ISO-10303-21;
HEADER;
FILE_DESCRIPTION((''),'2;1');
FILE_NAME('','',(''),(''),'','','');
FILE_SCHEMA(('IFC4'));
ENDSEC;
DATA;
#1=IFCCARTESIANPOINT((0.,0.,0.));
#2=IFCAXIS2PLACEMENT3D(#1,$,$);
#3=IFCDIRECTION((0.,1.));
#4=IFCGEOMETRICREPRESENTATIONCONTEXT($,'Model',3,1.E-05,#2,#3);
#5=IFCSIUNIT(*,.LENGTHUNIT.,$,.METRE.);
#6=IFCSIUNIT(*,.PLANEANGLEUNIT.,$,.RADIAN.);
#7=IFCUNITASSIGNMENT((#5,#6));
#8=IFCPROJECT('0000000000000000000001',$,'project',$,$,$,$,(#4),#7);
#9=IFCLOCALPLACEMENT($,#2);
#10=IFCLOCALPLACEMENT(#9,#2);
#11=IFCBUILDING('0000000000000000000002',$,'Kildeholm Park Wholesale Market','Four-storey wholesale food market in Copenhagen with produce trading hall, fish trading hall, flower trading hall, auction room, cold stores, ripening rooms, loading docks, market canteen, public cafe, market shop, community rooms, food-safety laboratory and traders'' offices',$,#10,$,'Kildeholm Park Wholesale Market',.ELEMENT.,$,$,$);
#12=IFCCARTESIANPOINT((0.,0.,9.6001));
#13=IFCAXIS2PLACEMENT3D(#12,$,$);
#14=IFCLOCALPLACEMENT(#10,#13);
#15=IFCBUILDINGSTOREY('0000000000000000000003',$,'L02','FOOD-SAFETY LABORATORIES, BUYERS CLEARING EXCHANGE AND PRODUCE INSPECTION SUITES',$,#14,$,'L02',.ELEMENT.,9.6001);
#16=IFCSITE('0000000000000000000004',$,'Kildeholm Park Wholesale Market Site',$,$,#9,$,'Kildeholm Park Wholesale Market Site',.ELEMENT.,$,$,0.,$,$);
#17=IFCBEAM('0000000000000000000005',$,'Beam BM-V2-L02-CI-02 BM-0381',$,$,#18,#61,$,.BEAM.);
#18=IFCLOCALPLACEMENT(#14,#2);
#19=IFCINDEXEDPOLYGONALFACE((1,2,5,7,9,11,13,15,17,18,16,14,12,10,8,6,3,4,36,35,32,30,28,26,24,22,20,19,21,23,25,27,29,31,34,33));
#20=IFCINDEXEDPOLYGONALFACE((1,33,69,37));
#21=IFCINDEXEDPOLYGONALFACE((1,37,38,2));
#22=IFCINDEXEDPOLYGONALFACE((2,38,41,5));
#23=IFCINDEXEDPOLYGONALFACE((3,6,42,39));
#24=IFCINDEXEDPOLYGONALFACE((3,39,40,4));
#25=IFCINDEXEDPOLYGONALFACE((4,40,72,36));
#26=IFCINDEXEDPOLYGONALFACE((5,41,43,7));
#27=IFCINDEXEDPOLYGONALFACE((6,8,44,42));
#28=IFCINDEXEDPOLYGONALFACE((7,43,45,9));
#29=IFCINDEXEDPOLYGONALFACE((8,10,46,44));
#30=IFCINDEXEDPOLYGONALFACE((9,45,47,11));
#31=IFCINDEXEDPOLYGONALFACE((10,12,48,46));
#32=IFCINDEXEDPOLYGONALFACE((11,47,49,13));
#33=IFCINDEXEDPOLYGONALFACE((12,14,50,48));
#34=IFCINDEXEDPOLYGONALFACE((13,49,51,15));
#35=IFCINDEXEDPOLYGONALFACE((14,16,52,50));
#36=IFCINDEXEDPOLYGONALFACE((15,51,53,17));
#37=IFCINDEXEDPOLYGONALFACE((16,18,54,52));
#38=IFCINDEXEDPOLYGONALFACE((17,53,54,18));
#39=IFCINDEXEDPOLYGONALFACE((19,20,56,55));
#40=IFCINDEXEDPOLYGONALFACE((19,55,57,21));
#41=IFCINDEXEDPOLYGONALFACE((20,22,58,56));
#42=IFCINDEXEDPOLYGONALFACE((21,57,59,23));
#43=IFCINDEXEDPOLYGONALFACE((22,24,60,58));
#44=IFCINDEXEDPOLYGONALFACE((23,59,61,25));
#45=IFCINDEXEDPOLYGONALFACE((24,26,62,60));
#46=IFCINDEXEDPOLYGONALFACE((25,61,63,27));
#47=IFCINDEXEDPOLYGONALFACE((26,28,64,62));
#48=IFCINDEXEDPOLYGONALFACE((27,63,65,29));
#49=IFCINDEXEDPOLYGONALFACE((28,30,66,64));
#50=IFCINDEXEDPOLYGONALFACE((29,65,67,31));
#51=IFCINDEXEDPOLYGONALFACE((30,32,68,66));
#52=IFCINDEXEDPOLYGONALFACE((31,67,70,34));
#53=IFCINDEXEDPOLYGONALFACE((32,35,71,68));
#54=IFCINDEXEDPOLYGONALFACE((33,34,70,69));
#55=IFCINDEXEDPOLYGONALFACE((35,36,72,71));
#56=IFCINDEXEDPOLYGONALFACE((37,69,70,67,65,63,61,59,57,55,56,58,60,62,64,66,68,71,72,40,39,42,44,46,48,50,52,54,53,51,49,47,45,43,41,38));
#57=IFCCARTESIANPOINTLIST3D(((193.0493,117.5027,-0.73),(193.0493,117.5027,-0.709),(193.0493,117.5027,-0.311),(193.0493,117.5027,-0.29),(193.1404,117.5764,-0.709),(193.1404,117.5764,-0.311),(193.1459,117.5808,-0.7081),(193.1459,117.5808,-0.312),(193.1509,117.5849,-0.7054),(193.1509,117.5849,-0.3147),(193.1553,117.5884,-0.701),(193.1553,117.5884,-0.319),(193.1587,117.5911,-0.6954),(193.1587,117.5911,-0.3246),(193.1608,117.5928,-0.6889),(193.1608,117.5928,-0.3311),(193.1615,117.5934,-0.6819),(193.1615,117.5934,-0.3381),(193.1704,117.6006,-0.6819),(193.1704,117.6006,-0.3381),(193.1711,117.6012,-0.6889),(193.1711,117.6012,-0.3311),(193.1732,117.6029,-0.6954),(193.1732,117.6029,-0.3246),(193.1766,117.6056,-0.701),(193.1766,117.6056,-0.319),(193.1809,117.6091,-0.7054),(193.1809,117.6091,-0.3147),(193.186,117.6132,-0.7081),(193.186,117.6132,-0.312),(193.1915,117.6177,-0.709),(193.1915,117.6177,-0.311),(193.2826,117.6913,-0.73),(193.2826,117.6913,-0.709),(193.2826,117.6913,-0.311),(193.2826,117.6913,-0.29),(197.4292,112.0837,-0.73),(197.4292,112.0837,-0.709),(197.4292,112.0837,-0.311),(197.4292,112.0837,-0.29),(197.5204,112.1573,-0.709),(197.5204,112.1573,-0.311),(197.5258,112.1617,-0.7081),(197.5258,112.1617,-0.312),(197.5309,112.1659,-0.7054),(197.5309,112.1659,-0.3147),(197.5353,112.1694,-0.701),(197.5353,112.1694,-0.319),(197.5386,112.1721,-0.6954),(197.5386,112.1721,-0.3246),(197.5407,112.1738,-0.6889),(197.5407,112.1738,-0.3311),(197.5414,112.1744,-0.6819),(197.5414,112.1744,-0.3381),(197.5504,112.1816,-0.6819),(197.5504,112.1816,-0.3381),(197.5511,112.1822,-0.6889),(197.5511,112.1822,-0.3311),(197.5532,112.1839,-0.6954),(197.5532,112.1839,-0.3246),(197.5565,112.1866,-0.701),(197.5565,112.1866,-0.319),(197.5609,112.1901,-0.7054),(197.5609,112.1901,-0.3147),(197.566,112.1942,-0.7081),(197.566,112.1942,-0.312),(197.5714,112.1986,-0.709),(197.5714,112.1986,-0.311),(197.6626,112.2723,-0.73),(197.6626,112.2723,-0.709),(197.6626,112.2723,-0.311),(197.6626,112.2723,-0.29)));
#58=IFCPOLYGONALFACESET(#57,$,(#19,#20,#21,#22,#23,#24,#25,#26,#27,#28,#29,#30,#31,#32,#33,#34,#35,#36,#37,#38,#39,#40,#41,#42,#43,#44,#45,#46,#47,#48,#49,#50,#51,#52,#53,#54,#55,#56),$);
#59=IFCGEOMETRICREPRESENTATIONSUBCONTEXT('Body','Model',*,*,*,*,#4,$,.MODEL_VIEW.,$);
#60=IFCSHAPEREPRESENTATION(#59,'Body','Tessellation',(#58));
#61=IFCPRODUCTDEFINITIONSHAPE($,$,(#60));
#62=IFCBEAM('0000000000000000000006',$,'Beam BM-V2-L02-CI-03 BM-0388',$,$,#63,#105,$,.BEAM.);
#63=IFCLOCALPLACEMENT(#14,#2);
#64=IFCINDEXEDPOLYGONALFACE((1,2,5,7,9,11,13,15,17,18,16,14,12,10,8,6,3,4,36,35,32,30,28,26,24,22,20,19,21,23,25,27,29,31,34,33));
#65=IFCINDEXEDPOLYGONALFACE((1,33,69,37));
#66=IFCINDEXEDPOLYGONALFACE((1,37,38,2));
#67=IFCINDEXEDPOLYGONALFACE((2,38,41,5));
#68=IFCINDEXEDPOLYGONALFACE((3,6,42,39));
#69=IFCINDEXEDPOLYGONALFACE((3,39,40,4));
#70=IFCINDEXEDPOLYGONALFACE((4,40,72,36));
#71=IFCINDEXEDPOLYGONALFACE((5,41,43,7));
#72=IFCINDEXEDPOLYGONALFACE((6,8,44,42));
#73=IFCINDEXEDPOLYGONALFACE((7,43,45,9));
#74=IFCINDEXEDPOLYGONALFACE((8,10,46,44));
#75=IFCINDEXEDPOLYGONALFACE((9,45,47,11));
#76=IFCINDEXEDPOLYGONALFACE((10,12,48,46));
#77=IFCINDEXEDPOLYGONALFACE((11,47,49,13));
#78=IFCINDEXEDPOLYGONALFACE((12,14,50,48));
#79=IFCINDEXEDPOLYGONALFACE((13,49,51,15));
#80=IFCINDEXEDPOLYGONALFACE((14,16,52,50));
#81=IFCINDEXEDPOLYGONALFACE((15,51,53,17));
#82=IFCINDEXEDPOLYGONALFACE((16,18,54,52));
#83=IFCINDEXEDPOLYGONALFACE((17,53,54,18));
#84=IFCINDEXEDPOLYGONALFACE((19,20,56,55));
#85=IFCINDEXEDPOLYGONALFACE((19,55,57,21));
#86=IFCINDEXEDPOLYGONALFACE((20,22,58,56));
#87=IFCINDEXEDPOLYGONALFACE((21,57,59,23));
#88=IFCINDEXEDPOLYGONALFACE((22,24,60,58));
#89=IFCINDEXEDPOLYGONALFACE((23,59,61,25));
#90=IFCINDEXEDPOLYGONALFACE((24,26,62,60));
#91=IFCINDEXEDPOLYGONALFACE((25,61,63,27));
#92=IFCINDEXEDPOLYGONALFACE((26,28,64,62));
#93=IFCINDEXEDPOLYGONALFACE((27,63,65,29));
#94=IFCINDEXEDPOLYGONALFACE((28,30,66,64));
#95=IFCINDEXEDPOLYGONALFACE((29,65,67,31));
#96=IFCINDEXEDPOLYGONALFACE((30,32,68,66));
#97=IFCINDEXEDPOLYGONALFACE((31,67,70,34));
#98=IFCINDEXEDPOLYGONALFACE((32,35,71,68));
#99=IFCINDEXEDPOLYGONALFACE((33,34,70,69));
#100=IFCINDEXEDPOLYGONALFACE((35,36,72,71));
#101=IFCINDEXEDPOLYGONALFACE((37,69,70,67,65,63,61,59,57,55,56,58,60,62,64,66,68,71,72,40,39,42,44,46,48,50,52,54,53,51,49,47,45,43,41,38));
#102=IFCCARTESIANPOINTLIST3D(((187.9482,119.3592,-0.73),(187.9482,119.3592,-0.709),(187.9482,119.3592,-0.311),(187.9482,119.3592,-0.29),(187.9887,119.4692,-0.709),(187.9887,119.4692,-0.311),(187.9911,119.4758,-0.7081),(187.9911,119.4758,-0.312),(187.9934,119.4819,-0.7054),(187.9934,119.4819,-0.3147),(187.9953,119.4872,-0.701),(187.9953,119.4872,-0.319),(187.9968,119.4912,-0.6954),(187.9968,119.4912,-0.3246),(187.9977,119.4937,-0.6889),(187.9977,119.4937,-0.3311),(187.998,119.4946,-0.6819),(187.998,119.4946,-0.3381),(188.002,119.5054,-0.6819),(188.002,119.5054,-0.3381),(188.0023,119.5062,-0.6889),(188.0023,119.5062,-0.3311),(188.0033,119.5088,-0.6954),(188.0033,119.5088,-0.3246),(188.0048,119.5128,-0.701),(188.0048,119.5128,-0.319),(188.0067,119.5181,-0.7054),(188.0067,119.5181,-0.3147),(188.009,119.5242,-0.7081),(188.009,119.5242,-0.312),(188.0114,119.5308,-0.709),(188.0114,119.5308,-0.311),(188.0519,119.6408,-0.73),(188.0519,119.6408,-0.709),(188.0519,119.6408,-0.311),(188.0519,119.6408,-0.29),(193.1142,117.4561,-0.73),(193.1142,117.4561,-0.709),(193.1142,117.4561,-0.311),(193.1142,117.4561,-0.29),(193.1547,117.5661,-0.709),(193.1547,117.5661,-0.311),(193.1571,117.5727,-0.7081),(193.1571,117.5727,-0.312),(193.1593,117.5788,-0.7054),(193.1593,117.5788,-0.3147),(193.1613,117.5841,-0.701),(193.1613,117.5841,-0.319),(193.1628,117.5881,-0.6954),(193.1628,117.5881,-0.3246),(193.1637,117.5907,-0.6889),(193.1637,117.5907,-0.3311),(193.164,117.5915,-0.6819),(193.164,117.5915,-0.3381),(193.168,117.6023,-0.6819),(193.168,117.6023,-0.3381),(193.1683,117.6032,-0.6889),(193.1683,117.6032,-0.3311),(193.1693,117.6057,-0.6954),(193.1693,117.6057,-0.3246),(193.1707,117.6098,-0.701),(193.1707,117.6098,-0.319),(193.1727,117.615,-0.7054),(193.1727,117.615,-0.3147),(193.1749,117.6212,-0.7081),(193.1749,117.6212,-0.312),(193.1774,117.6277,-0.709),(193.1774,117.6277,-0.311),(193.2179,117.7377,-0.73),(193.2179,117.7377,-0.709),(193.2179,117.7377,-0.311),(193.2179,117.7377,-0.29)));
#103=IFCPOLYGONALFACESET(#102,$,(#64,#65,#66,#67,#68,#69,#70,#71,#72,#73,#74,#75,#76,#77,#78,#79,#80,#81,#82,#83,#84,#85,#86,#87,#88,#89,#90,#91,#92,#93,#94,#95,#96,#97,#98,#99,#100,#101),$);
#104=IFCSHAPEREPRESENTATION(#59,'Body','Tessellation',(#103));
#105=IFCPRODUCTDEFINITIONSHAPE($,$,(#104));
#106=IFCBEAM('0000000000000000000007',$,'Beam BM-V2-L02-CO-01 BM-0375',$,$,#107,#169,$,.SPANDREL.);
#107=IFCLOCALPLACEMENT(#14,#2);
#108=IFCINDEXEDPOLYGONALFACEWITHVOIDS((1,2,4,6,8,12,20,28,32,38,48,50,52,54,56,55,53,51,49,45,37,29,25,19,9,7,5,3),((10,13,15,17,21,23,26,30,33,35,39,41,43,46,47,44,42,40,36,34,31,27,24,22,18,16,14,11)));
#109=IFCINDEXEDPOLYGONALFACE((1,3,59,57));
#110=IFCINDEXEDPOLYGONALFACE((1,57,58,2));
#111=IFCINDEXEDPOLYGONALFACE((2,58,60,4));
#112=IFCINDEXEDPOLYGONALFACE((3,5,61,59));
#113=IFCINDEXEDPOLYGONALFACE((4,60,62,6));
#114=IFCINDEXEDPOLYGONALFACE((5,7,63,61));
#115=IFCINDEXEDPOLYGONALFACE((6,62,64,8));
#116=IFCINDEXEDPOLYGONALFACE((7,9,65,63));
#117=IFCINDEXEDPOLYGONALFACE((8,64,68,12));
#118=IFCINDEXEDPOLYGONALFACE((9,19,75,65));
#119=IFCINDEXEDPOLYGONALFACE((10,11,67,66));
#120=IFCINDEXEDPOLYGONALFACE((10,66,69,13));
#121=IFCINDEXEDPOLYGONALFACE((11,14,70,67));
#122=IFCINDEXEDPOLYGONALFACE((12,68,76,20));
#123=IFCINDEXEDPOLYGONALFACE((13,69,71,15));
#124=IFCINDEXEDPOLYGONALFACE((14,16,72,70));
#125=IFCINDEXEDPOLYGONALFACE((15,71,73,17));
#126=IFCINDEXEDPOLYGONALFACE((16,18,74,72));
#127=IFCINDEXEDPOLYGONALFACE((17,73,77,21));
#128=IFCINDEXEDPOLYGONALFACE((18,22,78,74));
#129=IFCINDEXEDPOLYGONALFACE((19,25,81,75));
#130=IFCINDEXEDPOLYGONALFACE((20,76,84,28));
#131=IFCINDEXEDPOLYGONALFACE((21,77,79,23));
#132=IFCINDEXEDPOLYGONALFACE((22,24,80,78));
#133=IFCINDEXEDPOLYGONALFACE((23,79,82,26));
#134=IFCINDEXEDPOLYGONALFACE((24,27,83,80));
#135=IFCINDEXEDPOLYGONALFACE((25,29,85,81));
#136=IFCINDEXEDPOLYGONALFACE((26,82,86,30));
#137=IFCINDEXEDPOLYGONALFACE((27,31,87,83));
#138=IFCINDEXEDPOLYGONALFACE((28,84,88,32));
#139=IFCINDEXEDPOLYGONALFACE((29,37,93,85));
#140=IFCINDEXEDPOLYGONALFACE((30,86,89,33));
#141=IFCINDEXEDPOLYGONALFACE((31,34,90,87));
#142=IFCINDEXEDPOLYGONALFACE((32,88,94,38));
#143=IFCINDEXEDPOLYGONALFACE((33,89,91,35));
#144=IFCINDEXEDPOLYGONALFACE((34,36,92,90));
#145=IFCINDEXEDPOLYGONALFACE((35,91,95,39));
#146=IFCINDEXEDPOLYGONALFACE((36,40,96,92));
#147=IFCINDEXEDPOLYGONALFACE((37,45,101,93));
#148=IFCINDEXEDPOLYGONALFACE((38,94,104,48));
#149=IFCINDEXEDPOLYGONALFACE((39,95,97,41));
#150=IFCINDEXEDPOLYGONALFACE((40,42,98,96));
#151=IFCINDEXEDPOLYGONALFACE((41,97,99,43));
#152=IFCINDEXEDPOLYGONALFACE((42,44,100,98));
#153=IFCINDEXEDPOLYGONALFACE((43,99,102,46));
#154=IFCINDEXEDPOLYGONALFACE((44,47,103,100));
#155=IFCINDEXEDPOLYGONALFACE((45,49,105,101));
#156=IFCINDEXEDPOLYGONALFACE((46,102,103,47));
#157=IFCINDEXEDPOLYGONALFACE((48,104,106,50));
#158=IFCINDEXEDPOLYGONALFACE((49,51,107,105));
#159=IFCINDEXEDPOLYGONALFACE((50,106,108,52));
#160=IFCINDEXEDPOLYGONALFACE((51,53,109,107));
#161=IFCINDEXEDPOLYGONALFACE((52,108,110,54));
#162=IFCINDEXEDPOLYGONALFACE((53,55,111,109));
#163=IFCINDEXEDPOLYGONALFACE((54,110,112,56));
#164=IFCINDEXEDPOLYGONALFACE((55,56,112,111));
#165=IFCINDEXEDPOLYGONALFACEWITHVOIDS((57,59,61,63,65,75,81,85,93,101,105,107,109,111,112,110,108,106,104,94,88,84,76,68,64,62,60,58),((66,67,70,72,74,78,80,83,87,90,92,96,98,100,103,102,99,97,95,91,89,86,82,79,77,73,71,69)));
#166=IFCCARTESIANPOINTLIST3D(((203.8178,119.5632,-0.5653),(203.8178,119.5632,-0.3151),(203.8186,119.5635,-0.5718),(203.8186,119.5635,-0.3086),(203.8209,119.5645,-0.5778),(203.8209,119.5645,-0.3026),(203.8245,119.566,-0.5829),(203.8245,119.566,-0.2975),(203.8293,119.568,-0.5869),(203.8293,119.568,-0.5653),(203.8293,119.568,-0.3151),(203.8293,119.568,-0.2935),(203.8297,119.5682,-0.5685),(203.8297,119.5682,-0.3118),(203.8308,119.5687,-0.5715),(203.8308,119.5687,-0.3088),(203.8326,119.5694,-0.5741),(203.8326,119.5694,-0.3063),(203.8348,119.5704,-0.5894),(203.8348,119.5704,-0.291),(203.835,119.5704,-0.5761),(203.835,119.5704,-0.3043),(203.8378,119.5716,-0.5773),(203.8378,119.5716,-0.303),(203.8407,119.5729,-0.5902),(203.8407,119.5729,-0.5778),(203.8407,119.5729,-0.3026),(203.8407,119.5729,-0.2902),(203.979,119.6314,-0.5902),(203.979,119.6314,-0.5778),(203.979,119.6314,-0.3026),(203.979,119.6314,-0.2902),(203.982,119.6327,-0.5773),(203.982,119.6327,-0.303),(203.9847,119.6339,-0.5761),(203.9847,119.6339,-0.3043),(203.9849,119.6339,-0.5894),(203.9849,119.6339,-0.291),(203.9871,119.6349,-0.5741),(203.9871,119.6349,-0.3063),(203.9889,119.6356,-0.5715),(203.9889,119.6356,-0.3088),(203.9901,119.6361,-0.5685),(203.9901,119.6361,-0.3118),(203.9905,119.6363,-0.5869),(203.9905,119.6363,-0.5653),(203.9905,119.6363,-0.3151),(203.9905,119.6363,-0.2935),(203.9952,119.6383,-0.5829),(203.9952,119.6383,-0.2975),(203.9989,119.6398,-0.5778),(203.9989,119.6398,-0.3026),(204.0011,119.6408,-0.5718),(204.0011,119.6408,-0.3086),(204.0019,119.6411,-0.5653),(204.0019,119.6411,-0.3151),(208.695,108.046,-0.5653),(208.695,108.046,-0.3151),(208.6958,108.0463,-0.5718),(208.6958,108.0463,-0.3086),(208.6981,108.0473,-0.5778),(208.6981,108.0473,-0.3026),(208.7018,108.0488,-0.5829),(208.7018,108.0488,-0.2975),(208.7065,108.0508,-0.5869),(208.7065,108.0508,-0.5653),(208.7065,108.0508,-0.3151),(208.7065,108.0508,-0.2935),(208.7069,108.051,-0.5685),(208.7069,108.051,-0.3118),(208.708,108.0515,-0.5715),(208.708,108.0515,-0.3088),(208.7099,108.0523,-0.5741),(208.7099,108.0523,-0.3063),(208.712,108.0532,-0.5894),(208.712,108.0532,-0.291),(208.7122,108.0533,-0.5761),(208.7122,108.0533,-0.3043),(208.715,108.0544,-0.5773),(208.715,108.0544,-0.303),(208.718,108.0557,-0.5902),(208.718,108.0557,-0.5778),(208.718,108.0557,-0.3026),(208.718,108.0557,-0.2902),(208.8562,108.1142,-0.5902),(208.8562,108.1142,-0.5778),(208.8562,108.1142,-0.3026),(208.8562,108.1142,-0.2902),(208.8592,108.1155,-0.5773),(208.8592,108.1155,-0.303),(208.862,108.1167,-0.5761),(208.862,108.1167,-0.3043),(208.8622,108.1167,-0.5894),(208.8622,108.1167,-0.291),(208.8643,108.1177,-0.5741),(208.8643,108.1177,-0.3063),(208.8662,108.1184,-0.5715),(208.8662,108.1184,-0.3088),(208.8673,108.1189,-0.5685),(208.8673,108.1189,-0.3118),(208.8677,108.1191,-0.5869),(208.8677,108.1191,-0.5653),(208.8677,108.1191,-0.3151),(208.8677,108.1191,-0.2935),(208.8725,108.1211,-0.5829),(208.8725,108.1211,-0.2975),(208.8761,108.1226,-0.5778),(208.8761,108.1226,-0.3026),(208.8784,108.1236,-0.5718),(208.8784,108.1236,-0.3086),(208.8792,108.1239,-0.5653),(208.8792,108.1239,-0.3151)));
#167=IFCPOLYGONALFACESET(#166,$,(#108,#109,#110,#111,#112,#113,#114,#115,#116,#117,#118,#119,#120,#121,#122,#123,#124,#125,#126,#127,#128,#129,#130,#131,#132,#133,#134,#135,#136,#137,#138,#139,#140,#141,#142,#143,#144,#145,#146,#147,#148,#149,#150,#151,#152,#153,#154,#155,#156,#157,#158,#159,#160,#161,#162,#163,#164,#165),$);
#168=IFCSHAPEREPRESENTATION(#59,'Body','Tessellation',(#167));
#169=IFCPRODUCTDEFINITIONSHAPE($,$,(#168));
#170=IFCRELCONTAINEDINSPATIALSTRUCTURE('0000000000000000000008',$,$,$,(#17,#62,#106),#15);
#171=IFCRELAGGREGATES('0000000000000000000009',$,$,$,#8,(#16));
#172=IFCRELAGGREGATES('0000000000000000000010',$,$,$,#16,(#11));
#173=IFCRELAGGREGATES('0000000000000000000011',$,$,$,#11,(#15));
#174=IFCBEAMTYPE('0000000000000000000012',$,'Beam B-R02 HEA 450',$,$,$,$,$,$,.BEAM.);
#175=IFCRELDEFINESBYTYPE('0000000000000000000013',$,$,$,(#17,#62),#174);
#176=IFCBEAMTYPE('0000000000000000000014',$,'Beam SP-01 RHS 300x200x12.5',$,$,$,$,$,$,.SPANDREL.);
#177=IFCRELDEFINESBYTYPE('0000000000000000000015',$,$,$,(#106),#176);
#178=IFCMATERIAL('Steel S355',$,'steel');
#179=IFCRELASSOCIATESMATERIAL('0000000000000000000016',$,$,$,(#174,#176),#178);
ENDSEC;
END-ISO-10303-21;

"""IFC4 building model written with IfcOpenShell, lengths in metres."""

from ifc_helpers import new_model, si_unit, direction, frame, origin, origin_2d, place, context, subcontext, project, spatial, hollow_rectangle, i_section, extrude, material, material_profile, profile_set, type_object, element, save


model = new_model("IFC4")

# Units and contexts
model_context = context("Model", 3, precision=1e-05, world=origin(), true_north=direction((0.0, 1.0)))
body_context = subcontext(model_context, "Body", "Model", "MODEL_VIEW")
ifc_project = project(units=[si_unit("LENGTHUNIT", "METRE"), si_unit("PLANEANGLEUNIT", "RADIAN")], contexts=[model_context])

# Site, building, storey
site_placement = place(None, origin())
site = spatial("IfcSite", under=ifc_project, at=site_placement, Name="Kildeholm Park Wholesale Market Site", LongName="Kildeholm Park Wholesale Market Site", CompositionType="ELEMENT", RefElevation=0.0)
building_placement = place(site_placement, origin())
building = spatial("IfcBuilding", under=site, at=building_placement, Name="Kildeholm Park Wholesale Market", Description="Four-storey wholesale food market in Copenhagen with produce trading hall, fish trading hall, flower trading hall, auction room, cold stores, ripening rooms, loading docks, market canteen, public cafe, market shop, community rooms, food-safety laboratory and traders' offices", LongName="Kildeholm Park Wholesale Market", CompositionType="ELEMENT")
storey_placement = place(building_placement, frame((0.0, 0.0, 9.6001)))
storey = spatial("IfcBuildingStorey", under=building, at=storey_placement, Name="L02", Description="FOOD-SAFETY LABORATORIES, BUYERS CLEARING EXCHANGE AND PRODUCE INSPECTION SUITES", LongName="L02", CompositionType="ELEMENT", Elevation=9.6001)

# Shared definitions
ifc_material_1 = material(Name="Steel S355", Category="steel")

# Beams
ifc_material_profile_1 = material_profile(ifc_material_1, i_section(OverallWidth=0.3, OverallDepth=0.4399, WebThickness=0.0115, FlangeThickness=0.021, FilletRadius=0.0271, at=origin_2d()), Name="HEA 450")
ifc_profile_set_1 = profile_set([ifc_material_profile_1], Name="Steel S355")
beam_type_1 = type_object("IfcBeamType", Name="Beam B-R02 HEA 450", PredefinedType="BEAM", material=ifc_profile_set_1)
beam_1_placement = place(storey_placement, frame((197.5459, 112.178, -0.51), z_axis=(-0.628601, 0.777728, 0.0), x_axis=(-0.777728, -0.628601, 0.0)))
element("IfcBeam", 1, at=beam_1_placement, inside=storey, type_object=beam_type_1, Name="Beam BM-V2-L02-CI-02 BM-0381", PredefinedType="BEAM", context=body_context, shape_type="SweptSolid", body=[
    extrude(i_section(OverallWidth=0.3, OverallDepth=0.4399, WebThickness=0.0115, FlangeThickness=0.021, FilletRadius=0.0271, at=origin_2d()), origin(), (0.0, 0.0, 1.0), 6.9678),
])
beam_2_placement = place(storey_placement, frame((193.166, 117.5969, -0.51), z_axis=(-0.938354, 0.345675, 0.0), x_axis=(-0.345675, -0.938354, 0.0)))
element("IfcBeam", 2, at=beam_2_placement, inside=storey, type_object=beam_type_1, Name="Beam BM-V2-L02-CI-03 BM-0388", PredefinedType="BEAM", context=body_context, shape_type="SweptSolid", body=[
    extrude(i_section(OverallWidth=0.3, OverallDepth=0.4399, WebThickness=0.0115, FlangeThickness=0.021, FilletRadius=0.0271, at=origin_2d()), origin(), (0.0, 0.0, 1.0), 5.5054),
])
ifc_material_profile_2 = material_profile(ifc_material_1, hollow_rectangle(XDim=0.2, YDim=0.3, WallThickness=0.0125, InnerFilletRadius=0.0125, OuterFilletRadius=0.0249, at=origin_2d()), Name="RHS 300x200x12.5")
ifc_profile_set_2 = profile_set([ifc_material_profile_2], Name="Steel S355")
beam_type_2 = type_object("IfcBeamType", Name="Beam SP-01 RHS 300x200x12.5", PredefinedType="SPANDREL", material=ifc_profile_set_2)
beam_3_placement = place(storey_placement, frame((208.7871, 108.085, -0.4402), z_axis=(-0.389951, 0.920836, 0.0), x_axis=(-0.920836, -0.389951, 0.0)))
element("IfcBeam", 3, at=beam_3_placement, inside=storey, type_object=beam_type_2, Name="Beam BM-V2-L02-CO-01 BM-0375", PredefinedType="SPANDREL", context=body_context, shape_type="SweptSolid", body=[
    extrude(hollow_rectangle(XDim=0.2, YDim=0.3, WallThickness=0.0125, InnerFilletRadius=0.0125, OuterFilletRadius=0.0249, at=origin_2d()), origin(), (0.0, 0.0, 1.0), 12.5073),
])

save(model, "model.ifc")
